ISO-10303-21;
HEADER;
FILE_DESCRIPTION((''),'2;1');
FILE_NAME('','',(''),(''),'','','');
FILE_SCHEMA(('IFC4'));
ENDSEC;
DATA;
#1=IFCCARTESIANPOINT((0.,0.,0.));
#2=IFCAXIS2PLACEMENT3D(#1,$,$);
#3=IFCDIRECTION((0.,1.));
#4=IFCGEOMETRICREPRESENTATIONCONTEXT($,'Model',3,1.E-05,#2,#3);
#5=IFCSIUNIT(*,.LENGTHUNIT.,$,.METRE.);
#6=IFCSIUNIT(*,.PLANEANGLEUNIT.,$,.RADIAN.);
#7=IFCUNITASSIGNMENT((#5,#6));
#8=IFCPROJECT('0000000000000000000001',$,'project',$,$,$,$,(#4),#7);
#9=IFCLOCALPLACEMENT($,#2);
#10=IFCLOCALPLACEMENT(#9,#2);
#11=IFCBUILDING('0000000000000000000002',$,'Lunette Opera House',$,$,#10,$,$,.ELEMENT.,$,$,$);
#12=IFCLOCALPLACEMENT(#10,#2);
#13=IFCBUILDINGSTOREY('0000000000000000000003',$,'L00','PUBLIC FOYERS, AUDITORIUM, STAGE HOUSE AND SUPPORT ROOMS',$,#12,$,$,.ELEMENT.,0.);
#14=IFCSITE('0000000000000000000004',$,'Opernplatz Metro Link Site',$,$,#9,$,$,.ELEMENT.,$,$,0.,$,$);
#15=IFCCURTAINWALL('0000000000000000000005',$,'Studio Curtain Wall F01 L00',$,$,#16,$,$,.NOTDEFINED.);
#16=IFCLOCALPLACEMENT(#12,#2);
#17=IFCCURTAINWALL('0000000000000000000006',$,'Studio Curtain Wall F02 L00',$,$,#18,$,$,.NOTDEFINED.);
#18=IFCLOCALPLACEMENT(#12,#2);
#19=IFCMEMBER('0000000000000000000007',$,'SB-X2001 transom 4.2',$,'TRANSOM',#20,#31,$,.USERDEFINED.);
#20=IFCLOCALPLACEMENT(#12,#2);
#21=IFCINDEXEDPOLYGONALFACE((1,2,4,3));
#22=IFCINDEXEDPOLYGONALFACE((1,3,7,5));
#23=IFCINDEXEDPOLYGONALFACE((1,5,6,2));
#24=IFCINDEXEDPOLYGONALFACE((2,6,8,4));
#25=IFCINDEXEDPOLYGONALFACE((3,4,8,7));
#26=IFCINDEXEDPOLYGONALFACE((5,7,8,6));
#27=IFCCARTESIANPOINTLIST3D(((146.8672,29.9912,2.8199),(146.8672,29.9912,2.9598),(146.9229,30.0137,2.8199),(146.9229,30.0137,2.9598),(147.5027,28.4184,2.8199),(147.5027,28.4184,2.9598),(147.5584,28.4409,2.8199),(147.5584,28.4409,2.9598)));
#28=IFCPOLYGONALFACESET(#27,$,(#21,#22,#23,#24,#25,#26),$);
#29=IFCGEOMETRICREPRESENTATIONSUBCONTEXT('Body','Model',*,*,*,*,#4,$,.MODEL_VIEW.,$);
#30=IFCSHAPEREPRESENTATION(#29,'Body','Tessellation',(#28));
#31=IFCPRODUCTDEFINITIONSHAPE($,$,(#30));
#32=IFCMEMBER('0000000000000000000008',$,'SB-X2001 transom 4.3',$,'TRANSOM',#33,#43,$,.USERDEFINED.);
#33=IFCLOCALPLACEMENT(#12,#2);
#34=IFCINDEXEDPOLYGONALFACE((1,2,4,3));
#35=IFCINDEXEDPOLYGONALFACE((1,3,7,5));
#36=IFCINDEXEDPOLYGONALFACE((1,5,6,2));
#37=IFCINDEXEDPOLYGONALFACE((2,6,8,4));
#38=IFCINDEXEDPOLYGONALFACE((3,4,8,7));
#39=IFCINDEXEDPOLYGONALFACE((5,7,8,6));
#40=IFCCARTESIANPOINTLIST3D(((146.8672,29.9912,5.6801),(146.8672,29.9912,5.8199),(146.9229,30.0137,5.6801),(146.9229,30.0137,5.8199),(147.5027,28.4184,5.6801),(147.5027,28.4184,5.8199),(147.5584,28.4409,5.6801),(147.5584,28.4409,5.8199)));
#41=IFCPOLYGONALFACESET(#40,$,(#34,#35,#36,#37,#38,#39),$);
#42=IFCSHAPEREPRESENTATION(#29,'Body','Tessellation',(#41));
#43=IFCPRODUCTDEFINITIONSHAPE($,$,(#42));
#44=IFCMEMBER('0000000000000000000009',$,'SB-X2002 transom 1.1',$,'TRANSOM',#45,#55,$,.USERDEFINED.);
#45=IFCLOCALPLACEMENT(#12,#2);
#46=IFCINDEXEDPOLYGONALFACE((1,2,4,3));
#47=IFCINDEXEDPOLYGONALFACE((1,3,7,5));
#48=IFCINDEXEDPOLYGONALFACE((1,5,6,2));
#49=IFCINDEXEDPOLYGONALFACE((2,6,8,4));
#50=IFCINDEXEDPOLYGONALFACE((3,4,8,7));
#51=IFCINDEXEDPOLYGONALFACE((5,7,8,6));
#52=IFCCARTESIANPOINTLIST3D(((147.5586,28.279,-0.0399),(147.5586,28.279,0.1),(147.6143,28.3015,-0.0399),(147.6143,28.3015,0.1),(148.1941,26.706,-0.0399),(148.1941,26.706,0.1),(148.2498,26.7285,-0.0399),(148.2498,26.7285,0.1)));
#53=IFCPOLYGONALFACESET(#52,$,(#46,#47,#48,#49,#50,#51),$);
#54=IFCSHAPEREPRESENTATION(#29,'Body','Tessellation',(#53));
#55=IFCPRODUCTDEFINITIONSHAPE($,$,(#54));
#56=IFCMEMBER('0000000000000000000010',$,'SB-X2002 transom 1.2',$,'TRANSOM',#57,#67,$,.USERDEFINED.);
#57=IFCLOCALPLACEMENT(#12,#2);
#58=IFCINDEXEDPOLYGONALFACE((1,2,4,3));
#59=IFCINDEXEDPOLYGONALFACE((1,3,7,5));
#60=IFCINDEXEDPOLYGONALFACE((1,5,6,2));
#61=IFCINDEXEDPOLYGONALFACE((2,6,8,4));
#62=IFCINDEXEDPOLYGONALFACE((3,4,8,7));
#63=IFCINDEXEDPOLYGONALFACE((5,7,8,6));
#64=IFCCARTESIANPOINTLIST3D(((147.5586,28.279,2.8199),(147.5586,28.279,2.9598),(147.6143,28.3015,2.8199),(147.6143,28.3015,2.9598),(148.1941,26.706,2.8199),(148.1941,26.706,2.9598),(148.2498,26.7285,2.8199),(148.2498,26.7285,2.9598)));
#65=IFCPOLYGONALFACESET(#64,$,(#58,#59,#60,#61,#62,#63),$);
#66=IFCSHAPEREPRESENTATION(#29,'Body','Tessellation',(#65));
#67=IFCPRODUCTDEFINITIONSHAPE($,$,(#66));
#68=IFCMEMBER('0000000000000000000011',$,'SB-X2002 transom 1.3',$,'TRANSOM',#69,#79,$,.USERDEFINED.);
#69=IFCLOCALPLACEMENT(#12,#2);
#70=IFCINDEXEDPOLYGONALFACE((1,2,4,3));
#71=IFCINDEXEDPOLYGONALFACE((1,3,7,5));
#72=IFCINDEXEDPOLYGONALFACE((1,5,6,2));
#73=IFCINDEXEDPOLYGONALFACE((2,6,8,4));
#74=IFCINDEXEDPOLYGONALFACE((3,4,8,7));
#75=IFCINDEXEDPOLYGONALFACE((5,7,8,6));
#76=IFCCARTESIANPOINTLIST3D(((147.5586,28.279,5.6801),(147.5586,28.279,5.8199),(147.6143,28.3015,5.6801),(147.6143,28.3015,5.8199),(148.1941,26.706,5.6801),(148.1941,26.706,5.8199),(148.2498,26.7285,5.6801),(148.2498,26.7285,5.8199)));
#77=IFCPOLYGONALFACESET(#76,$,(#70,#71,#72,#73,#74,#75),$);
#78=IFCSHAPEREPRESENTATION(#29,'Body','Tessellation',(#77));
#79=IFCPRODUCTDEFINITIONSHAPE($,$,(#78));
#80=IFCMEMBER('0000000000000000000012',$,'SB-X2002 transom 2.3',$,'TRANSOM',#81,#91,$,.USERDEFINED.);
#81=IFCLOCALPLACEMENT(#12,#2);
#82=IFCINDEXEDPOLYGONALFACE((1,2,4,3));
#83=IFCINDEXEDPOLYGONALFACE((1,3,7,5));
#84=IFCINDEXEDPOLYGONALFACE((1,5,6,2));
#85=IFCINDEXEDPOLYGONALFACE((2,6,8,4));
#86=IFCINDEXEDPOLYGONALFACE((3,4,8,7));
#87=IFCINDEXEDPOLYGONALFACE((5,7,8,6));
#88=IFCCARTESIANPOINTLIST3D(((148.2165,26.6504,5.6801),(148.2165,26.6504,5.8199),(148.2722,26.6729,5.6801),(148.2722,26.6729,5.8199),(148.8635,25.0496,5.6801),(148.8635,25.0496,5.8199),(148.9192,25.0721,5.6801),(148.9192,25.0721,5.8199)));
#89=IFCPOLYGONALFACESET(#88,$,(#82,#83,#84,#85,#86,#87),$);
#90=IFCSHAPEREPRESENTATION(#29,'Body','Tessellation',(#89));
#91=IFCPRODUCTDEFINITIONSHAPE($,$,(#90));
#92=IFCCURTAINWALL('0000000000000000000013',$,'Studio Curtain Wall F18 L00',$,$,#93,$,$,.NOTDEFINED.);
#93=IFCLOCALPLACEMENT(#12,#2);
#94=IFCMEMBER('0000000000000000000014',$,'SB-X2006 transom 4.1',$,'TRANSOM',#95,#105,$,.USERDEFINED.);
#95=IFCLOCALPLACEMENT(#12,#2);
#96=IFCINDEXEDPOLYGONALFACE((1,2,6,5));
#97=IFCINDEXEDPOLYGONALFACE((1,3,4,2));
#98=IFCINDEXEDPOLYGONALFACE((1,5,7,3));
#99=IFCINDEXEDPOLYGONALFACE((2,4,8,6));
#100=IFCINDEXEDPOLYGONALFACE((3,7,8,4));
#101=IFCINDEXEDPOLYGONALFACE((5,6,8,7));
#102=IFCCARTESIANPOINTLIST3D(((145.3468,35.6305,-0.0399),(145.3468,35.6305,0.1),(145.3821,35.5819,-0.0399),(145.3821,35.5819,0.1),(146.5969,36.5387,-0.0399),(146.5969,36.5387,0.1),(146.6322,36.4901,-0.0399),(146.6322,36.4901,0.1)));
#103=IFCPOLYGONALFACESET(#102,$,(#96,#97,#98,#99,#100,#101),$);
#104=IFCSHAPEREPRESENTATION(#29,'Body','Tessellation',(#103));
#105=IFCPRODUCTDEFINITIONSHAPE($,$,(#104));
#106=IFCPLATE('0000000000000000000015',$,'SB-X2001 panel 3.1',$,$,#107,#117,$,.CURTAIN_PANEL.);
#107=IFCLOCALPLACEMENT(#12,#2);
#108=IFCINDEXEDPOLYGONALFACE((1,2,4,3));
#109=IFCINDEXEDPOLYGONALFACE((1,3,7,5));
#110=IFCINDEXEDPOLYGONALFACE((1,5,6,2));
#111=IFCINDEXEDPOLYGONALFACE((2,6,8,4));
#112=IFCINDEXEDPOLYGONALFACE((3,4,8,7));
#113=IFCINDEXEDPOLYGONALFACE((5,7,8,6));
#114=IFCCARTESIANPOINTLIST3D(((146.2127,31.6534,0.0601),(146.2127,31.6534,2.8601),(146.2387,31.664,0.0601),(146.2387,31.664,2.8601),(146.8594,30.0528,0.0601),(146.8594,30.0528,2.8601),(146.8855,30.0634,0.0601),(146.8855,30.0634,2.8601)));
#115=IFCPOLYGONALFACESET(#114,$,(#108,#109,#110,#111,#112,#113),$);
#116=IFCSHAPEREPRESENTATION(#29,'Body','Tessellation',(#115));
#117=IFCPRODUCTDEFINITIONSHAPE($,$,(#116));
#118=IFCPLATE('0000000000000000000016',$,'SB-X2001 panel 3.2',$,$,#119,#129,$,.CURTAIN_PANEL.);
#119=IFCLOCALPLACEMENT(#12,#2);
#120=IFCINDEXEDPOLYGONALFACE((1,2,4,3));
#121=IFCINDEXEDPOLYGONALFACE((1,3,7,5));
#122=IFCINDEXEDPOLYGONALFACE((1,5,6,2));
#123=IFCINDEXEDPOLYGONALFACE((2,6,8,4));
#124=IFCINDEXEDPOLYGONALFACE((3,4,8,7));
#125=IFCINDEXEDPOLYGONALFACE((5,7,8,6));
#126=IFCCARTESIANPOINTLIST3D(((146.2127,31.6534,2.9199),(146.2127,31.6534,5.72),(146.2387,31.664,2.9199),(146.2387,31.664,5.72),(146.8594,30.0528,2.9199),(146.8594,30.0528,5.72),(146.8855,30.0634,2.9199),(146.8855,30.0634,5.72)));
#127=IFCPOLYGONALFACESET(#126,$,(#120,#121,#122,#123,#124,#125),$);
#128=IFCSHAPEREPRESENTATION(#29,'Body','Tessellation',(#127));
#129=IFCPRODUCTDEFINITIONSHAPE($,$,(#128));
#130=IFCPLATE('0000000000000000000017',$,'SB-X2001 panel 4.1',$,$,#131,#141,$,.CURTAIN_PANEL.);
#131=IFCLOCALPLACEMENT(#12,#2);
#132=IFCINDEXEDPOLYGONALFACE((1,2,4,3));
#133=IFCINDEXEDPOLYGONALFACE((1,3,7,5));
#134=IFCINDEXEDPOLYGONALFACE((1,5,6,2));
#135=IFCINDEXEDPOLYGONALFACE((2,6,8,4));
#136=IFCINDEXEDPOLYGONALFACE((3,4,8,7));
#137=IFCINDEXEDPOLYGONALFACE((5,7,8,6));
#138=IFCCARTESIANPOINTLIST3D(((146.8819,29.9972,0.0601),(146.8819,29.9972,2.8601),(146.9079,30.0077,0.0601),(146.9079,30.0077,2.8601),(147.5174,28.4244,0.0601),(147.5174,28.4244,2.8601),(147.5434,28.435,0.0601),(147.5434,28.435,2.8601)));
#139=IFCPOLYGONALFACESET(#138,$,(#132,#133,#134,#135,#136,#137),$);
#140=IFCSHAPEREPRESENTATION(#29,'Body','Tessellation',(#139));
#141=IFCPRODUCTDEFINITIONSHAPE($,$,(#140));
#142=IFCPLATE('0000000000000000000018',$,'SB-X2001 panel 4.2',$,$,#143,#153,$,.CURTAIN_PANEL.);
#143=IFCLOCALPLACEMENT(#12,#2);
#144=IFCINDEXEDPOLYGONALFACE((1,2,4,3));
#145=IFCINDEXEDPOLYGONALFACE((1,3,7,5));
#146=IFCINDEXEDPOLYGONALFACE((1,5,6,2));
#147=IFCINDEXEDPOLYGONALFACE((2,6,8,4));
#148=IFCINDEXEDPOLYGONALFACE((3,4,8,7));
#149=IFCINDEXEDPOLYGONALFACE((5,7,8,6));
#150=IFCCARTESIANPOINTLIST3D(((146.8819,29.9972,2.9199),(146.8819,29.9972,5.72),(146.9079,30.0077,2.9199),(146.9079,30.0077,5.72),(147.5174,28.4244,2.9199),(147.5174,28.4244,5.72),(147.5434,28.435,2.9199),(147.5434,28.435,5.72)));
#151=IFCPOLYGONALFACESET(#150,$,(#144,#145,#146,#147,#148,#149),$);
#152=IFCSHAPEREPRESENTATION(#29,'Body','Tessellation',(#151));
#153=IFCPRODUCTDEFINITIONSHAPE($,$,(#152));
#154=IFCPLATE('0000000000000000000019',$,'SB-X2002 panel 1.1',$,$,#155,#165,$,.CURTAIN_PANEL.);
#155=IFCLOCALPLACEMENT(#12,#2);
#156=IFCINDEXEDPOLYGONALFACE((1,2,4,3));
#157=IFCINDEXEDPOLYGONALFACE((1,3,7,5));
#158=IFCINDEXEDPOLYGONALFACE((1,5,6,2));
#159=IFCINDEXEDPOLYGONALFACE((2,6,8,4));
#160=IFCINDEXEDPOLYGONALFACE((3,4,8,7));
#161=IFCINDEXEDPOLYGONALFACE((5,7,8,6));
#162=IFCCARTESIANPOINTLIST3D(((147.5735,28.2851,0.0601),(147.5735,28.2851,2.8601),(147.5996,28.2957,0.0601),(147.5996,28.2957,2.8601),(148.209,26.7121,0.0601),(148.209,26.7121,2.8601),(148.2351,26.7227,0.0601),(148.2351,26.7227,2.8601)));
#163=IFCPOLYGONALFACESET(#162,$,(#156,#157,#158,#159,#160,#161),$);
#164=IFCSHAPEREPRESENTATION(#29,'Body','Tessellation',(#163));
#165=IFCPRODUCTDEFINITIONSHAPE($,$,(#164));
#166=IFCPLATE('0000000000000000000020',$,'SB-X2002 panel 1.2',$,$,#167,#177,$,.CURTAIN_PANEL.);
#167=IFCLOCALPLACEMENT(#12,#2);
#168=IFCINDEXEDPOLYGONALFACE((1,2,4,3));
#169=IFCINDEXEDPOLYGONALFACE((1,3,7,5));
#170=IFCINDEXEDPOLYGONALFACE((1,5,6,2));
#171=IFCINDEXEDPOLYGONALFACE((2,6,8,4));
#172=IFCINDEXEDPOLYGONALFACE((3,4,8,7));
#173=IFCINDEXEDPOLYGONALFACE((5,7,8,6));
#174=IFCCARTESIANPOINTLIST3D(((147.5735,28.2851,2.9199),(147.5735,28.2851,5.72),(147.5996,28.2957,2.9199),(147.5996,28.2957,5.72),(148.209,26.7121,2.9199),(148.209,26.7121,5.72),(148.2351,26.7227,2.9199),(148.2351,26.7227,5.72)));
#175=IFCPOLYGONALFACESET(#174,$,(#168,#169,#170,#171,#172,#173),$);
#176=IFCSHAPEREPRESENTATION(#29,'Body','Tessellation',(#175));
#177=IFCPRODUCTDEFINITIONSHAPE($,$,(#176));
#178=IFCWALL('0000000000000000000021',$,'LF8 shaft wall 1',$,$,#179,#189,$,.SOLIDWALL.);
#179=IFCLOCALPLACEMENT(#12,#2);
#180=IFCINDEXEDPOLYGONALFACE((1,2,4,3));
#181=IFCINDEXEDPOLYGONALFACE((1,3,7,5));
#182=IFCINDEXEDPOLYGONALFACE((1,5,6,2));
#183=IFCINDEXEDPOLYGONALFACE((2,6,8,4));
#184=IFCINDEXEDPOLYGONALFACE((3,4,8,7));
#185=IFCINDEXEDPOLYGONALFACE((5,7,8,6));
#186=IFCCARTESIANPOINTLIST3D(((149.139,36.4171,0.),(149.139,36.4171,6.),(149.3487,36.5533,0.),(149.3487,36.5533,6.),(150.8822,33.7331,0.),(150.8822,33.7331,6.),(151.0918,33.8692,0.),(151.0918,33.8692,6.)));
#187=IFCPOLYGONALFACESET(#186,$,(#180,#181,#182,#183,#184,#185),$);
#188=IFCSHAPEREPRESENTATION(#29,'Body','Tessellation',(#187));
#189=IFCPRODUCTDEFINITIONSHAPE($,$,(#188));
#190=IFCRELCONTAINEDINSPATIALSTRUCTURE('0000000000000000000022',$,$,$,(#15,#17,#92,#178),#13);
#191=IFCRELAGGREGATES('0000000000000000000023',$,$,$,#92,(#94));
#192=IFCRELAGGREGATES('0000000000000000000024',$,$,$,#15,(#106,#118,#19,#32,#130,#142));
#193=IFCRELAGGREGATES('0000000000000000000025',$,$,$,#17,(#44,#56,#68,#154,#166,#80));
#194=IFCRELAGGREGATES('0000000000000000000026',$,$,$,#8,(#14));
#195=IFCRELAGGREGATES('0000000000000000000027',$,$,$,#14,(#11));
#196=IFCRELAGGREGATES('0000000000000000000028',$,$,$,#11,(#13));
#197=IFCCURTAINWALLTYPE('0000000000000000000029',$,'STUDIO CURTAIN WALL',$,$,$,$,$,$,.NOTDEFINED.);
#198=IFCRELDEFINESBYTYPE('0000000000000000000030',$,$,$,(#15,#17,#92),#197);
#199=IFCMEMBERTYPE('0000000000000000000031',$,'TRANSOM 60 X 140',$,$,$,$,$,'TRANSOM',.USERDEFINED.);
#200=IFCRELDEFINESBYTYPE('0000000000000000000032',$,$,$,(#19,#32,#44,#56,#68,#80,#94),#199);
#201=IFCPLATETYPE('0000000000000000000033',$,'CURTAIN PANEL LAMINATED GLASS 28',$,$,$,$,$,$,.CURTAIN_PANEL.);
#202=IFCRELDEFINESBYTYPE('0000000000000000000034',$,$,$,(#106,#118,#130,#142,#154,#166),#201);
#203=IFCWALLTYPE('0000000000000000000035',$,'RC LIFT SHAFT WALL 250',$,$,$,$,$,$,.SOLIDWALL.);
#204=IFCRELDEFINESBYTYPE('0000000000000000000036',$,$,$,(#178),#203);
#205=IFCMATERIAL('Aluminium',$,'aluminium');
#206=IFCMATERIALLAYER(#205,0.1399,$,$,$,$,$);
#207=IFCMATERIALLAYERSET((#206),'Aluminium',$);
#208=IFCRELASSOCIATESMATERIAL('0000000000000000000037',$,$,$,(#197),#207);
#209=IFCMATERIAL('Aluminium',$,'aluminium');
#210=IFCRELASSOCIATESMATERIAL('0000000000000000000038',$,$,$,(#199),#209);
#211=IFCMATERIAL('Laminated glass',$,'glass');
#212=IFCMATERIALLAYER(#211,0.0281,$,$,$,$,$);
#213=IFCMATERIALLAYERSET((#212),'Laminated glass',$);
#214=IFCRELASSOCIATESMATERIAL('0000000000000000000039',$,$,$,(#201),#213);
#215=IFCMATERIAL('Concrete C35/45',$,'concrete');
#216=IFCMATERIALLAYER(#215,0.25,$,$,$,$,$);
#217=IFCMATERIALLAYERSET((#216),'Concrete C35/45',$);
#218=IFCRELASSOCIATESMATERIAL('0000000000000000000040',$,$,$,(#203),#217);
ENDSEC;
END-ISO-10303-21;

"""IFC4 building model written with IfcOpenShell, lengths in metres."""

from ifc_helpers import new_model, si_unit, direction, frame, frame_2d, origin, origin_2d, place, context, subcontext, project, spatial, rectangle, extrude, material, layer, layer_set, material_profile, profile_set, type_object, element, aggregate, save


model = new_model("IFC4")

# Units and contexts
model_context = context("Model", 3, precision=1e-05, world=origin(), true_north=direction((0.0, 1.0)))
body_context = subcontext(model_context, "Body", "Model", "MODEL_VIEW")
ifc_project = project(units=[si_unit("LENGTHUNIT", "METRE"), si_unit("PLANEANGLEUNIT", "RADIAN")], contexts=[model_context])

# Site, building, storey
site_placement = place(None, origin())
site = spatial("IfcSite", under=ifc_project, at=site_placement, Name="Opernplatz Metro Link Site", CompositionType="ELEMENT", RefElevation=0.0)
building_placement = place(site_placement, origin())
building = spatial("IfcBuilding", under=site, at=building_placement, Name="Lunette Opera House", CompositionType="ELEMENT")
storey_placement = place(building_placement, origin())
storey = spatial("IfcBuildingStorey", under=building, at=storey_placement, Name="L00", Description="PUBLIC FOYERS, AUDITORIUM, STAGE HOUSE AND SUPPORT ROOMS", CompositionType="ELEMENT", Elevation=0.0)

# Curtain walls
ifc_material_1 = material(Name="Aluminium", Category="aluminium")
ifc_layer_1 = layer(ifc_material_1, 0.1399)
ifc_layer_set_1 = layer_set([ifc_layer_1], Name="Aluminium")
curtain_wall_type = type_object("IfcCurtainWallType", Name="STUDIO CURTAIN WALL", PredefinedType="NOTDEFINED", material=ifc_layer_set_1)
curtain_wall_1_placement = place(storey_placement, origin())
curtain_wall_1 = element("IfcCurtainWall", 1, at=curtain_wall_1_placement, inside=storey, type_object=curtain_wall_type, Name="Studio Curtain Wall F01 L00", PredefinedType="NOTDEFINED")
curtain_wall_2_placement = place(storey_placement, origin())
curtain_wall_2 = element("IfcCurtainWall", 2, at=curtain_wall_2_placement, inside=storey, type_object=curtain_wall_type, Name="Studio Curtain Wall F02 L00", PredefinedType="NOTDEFINED")

# Members
ifc_material_2 = material(Name="Aluminium", Category="aluminium")
ifc_material_profile_1 = material_profile(ifc_material_2, rectangle(XDim=0.0601, YDim=0.1399, at=origin_2d()), Name="TRANSOM 60 X 140")
ifc_profile_set_1 = profile_set([ifc_material_profile_1], Name="Aluminium")
member_type_1 = type_object("IfcMemberType", Name="TRANSOM 60 X 140", ElementType="TRANSOM", PredefinedType="USERDEFINED", material=ifc_profile_set_1)
member_1_placement = place(storey_placement, frame((146.895, 30.0024, 2.8899), z_axis=(0.374639, -0.927171, 0.0), x_axis=(0.927171, 0.374639, 0.0)))
member_1 = element("IfcMember", 3, at=member_1_placement, type_object=member_type_1, Name="SB-X2001 transom 4.2", ObjectType="TRANSOM", PredefinedType="USERDEFINED", context=body_context, shape_type="SweptSolid", body=[
    extrude(rectangle(XDim=0.0601, YDim=0.1399, at=origin_2d()), origin(), (0.0, 0.0, 1.0), 1.6963),
])
member_2_placement = place(storey_placement, frame((146.895, 30.0024, 5.75), z_axis=(0.374639, -0.927171, 0.0), x_axis=(0.927171, 0.374639, 0.0)))
member_2 = element("IfcMember", 4, at=member_2_placement, type_object=member_type_1, Name="SB-X2001 transom 4.3", ObjectType="TRANSOM", PredefinedType="USERDEFINED", context=body_context, shape_type="SweptSolid", body=[
    extrude(rectangle(XDim=0.0601, YDim=0.1399, at=origin_2d()), origin(), (0.0, 0.0, 1.0), 1.6963),
])
member_3_placement = place(storey_placement, frame((147.5864, 28.2903, 0.03), z_axis=(0.374589, -0.927191, 0.0), x_axis=(0.927191, 0.374589, 0.0)))
member_3 = element("IfcMember", 5, at=member_3_placement, type_object=member_type_1, Name="SB-X2002 transom 1.1", ObjectType="TRANSOM", PredefinedType="USERDEFINED", context=body_context, shape_type="SweptSolid", body=[
    extrude(rectangle(XDim=0.0601, YDim=0.1399, at=origin_2d()), origin(), (0.0, 0.0, 1.0), 1.6965),
])
member_4_placement = place(storey_placement, frame((147.5864, 28.2903, 2.8899), z_axis=(0.374589, -0.927191, 0.0), x_axis=(0.927191, 0.374589, 0.0)))
member_4 = element("IfcMember", 6, at=member_4_placement, type_object=member_type_1, Name="SB-X2002 transom 1.2", ObjectType="TRANSOM", PredefinedType="USERDEFINED", context=body_context, shape_type="SweptSolid", body=[
    extrude(rectangle(XDim=0.0601, YDim=0.1399, at=origin_2d()), origin(), (0.0, 0.0, 1.0), 1.6965),
])
member_5_placement = place(storey_placement, frame((147.5864, 28.2903, 5.75), z_axis=(0.374589, -0.927191, 0.0), x_axis=(0.927191, 0.374589, 0.0)))
member_5 = element("IfcMember", 7, at=member_5_placement, type_object=member_type_1, Name="SB-X2002 transom 1.3", ObjectType="TRANSOM", PredefinedType="USERDEFINED", context=body_context, shape_type="SweptSolid", body=[
    extrude(rectangle(XDim=0.0601, YDim=0.1399, at=origin_2d()), origin(), (0.0, 0.0, 1.0), 1.6965),
])
member_6_placement = place(storey_placement, frame((148.2444, 26.6616, 5.75), z_axis=(0.374704, -0.927145, 0.0), x_axis=(0.927145, 0.374704, 0.0)))
member_6 = element("IfcMember", 8, at=member_6_placement, type_object=member_type_1, Name="SB-X2002 transom 2.3", ObjectType="TRANSOM", PredefinedType="USERDEFINED", context=body_context, shape_type="SweptSolid", body=[
    extrude(rectangle(XDim=0.0601, YDim=0.1399, at=origin_2d()), origin(), (0.0, 0.0, 1.0), 1.7266),
])

# Curtain wall, member
curtain_wall_3_placement = place(storey_placement, origin())
curtain_wall_3 = element("IfcCurtainWall", 9, at=curtain_wall_3_placement, inside=storey, type_object=curtain_wall_type, Name="Studio Curtain Wall F18 L00", PredefinedType="NOTDEFINED")
member_7_placement = place(storey_placement, frame((146.6145, 36.5144, 0.03), z_axis=(-0.809009, -0.587796, 0.0), x_axis=(0.587796, -0.809009, 0.0)))
member_7 = element("IfcMember", 10, at=member_7_placement, type_object=member_type_1, Name="SB-X2006 transom 4.1", ObjectType="TRANSOM", PredefinedType="USERDEFINED", context=body_context, shape_type="SweptSolid", body=[
    extrude(rectangle(XDim=0.0601, YDim=0.1399, at=origin_2d()), origin(), (0.0, 0.0, 1.0), 1.5452),
])
aggregate(curtain_wall_3, [member_7])

# Plates
ifc_material_3 = material(Name="Laminated glass", Category="glass")
ifc_layer_2 = layer(ifc_material_3, 0.0281)
ifc_layer_set_2 = layer_set([ifc_layer_2], Name="Laminated glass")
plate_type = type_object("IfcPlateType", Name="CURTAIN PANEL LAMINATED GLASS 28", PredefinedType="CURTAIN_PANEL", material=ifc_layer_set_2)
plate_1_placement = place(storey_placement, frame((146.5491, 30.8584, 0.0601), z_axis=(0.0, 0.0, 1.0), x_axis=(0.374646, -0.927168, 0.0)))
plate_1 = element("IfcPlate", 11, at=plate_1_placement, type_object=plate_type, Name="SB-X2001 panel 3.1", PredefinedType="CURTAIN_PANEL", context=body_context, shape_type="SweptSolid", body=[
    extrude(rectangle(XDim=1.7263, YDim=0.0281, at=origin_2d()), origin(), (0.0, 0.0, 1.0), 2.8),
])
plate_2_placement = place(storey_placement, frame((146.5491, 30.8584, 2.9199), z_axis=(0.0, 0.0, 1.0), x_axis=(0.374646, -0.927168, 0.0)))
plate_2 = element("IfcPlate", 12, at=plate_2_placement, type_object=plate_type, Name="SB-X2001 panel 3.2", PredefinedType="CURTAIN_PANEL", context=body_context, shape_type="SweptSolid", body=[
    extrude(rectangle(XDim=1.7263, YDim=0.0281, at=origin_2d()), origin(), (0.0, 0.0, 1.0), 2.8),
])
plate_3_placement = place(storey_placement, frame((147.2126, 29.2161, 0.0601), z_axis=(0.0, 0.0, 1.0), x_axis=(0.374646, -0.927168, 0.0)))
plate_3 = element("IfcPlate", 13, at=plate_3_placement, type_object=plate_type, Name="SB-X2001 panel 4.1", PredefinedType="CURTAIN_PANEL", context=body_context, shape_type="SweptSolid", body=[
    extrude(rectangle(XDim=1.6963, YDim=0.0281, at=origin_2d()), origin(), (0.0, 0.0, 1.0), 2.8),
])
plate_4_placement = place(storey_placement, frame((147.2126, 29.2161, 2.9199), z_axis=(0.0, 0.0, 1.0), x_axis=(0.374646, -0.927168, 0.0)))
plate_4 = element("IfcPlate", 14, at=plate_4_placement, type_object=plate_type, Name="SB-X2001 panel 4.2", PredefinedType="CURTAIN_PANEL", context=body_context, shape_type="SweptSolid", body=[
    extrude(rectangle(XDim=1.6963, YDim=0.0281, at=origin_2d()), origin(), (0.0, 0.0, 1.0), 2.8),
])
aggregate(curtain_wall_1, [plate_1, plate_2, member_1, member_2, plate_3, plate_4])
plate_5_placement = place(storey_placement, frame((147.9043, 27.5039, 0.0601), z_axis=(0.0, 0.0, 1.0), x_axis=(0.374597, -0.927188, 0.0)))
plate_5 = element("IfcPlate", 15, at=plate_5_placement, type_object=plate_type, Name="SB-X2002 panel 1.1", PredefinedType="CURTAIN_PANEL", context=body_context, shape_type="SweptSolid", body=[
    extrude(rectangle(XDim=1.6965, YDim=0.0281, at=origin_2d()), origin(), (0.0, 0.0, 1.0), 2.8),
])
plate_6_placement = place(storey_placement, frame((147.9043, 27.5039, 2.9199), z_axis=(0.0, 0.0, 1.0), x_axis=(0.374597, -0.927188, 0.0)))
plate_6 = element("IfcPlate", 16, at=plate_6_placement, type_object=plate_type, Name="SB-X2002 panel 1.2", PredefinedType="CURTAIN_PANEL", context=body_context, shape_type="SweptSolid", body=[
    extrude(rectangle(XDim=1.6965, YDim=0.0281, at=origin_2d()), origin(), (0.0, 0.0, 1.0), 2.8),
])
aggregate(curtain_wall_2, [member_3, member_4, member_5, plate_5, plate_6, member_6])

# Wall
ifc_material_4 = material(Name="Concrete C35/45", Category="concrete")
ifc_layer_3 = layer(ifc_material_4, 0.25)
ifc_layer_set_3 = layer_set([ifc_layer_3], Name="Concrete C35/45")
wall_type_1 = type_object("IfcWallType", Name="RC LIFT SHAFT WALL 250", PredefinedType="SOLIDWALL", material=ifc_layer_set_3)
for number, where, z_axis, x_axis, name in (
    (17, (149.2439, 36.4851, 0.0), (0.0, 0.0, 1.0), (0.544661, -0.838656, 0.0), "LF8 shaft wall 1"),
):
    element("IfcWall", number, at=place(storey_placement, frame(where, z_axis=z_axis, x_axis=x_axis)), inside=storey, type_object=wall_type_1, Name=name, PredefinedType="SOLIDWALL", context=body_context, shape_type="SweptSolid", body=[
        extrude(rectangle(XDim=3.2004, YDim=0.25, at=frame_2d((1.6001, 0.0))), origin(), (0.0, 0.0, 1.0), 6.0),
    ])

save(model, "model.ifc")
